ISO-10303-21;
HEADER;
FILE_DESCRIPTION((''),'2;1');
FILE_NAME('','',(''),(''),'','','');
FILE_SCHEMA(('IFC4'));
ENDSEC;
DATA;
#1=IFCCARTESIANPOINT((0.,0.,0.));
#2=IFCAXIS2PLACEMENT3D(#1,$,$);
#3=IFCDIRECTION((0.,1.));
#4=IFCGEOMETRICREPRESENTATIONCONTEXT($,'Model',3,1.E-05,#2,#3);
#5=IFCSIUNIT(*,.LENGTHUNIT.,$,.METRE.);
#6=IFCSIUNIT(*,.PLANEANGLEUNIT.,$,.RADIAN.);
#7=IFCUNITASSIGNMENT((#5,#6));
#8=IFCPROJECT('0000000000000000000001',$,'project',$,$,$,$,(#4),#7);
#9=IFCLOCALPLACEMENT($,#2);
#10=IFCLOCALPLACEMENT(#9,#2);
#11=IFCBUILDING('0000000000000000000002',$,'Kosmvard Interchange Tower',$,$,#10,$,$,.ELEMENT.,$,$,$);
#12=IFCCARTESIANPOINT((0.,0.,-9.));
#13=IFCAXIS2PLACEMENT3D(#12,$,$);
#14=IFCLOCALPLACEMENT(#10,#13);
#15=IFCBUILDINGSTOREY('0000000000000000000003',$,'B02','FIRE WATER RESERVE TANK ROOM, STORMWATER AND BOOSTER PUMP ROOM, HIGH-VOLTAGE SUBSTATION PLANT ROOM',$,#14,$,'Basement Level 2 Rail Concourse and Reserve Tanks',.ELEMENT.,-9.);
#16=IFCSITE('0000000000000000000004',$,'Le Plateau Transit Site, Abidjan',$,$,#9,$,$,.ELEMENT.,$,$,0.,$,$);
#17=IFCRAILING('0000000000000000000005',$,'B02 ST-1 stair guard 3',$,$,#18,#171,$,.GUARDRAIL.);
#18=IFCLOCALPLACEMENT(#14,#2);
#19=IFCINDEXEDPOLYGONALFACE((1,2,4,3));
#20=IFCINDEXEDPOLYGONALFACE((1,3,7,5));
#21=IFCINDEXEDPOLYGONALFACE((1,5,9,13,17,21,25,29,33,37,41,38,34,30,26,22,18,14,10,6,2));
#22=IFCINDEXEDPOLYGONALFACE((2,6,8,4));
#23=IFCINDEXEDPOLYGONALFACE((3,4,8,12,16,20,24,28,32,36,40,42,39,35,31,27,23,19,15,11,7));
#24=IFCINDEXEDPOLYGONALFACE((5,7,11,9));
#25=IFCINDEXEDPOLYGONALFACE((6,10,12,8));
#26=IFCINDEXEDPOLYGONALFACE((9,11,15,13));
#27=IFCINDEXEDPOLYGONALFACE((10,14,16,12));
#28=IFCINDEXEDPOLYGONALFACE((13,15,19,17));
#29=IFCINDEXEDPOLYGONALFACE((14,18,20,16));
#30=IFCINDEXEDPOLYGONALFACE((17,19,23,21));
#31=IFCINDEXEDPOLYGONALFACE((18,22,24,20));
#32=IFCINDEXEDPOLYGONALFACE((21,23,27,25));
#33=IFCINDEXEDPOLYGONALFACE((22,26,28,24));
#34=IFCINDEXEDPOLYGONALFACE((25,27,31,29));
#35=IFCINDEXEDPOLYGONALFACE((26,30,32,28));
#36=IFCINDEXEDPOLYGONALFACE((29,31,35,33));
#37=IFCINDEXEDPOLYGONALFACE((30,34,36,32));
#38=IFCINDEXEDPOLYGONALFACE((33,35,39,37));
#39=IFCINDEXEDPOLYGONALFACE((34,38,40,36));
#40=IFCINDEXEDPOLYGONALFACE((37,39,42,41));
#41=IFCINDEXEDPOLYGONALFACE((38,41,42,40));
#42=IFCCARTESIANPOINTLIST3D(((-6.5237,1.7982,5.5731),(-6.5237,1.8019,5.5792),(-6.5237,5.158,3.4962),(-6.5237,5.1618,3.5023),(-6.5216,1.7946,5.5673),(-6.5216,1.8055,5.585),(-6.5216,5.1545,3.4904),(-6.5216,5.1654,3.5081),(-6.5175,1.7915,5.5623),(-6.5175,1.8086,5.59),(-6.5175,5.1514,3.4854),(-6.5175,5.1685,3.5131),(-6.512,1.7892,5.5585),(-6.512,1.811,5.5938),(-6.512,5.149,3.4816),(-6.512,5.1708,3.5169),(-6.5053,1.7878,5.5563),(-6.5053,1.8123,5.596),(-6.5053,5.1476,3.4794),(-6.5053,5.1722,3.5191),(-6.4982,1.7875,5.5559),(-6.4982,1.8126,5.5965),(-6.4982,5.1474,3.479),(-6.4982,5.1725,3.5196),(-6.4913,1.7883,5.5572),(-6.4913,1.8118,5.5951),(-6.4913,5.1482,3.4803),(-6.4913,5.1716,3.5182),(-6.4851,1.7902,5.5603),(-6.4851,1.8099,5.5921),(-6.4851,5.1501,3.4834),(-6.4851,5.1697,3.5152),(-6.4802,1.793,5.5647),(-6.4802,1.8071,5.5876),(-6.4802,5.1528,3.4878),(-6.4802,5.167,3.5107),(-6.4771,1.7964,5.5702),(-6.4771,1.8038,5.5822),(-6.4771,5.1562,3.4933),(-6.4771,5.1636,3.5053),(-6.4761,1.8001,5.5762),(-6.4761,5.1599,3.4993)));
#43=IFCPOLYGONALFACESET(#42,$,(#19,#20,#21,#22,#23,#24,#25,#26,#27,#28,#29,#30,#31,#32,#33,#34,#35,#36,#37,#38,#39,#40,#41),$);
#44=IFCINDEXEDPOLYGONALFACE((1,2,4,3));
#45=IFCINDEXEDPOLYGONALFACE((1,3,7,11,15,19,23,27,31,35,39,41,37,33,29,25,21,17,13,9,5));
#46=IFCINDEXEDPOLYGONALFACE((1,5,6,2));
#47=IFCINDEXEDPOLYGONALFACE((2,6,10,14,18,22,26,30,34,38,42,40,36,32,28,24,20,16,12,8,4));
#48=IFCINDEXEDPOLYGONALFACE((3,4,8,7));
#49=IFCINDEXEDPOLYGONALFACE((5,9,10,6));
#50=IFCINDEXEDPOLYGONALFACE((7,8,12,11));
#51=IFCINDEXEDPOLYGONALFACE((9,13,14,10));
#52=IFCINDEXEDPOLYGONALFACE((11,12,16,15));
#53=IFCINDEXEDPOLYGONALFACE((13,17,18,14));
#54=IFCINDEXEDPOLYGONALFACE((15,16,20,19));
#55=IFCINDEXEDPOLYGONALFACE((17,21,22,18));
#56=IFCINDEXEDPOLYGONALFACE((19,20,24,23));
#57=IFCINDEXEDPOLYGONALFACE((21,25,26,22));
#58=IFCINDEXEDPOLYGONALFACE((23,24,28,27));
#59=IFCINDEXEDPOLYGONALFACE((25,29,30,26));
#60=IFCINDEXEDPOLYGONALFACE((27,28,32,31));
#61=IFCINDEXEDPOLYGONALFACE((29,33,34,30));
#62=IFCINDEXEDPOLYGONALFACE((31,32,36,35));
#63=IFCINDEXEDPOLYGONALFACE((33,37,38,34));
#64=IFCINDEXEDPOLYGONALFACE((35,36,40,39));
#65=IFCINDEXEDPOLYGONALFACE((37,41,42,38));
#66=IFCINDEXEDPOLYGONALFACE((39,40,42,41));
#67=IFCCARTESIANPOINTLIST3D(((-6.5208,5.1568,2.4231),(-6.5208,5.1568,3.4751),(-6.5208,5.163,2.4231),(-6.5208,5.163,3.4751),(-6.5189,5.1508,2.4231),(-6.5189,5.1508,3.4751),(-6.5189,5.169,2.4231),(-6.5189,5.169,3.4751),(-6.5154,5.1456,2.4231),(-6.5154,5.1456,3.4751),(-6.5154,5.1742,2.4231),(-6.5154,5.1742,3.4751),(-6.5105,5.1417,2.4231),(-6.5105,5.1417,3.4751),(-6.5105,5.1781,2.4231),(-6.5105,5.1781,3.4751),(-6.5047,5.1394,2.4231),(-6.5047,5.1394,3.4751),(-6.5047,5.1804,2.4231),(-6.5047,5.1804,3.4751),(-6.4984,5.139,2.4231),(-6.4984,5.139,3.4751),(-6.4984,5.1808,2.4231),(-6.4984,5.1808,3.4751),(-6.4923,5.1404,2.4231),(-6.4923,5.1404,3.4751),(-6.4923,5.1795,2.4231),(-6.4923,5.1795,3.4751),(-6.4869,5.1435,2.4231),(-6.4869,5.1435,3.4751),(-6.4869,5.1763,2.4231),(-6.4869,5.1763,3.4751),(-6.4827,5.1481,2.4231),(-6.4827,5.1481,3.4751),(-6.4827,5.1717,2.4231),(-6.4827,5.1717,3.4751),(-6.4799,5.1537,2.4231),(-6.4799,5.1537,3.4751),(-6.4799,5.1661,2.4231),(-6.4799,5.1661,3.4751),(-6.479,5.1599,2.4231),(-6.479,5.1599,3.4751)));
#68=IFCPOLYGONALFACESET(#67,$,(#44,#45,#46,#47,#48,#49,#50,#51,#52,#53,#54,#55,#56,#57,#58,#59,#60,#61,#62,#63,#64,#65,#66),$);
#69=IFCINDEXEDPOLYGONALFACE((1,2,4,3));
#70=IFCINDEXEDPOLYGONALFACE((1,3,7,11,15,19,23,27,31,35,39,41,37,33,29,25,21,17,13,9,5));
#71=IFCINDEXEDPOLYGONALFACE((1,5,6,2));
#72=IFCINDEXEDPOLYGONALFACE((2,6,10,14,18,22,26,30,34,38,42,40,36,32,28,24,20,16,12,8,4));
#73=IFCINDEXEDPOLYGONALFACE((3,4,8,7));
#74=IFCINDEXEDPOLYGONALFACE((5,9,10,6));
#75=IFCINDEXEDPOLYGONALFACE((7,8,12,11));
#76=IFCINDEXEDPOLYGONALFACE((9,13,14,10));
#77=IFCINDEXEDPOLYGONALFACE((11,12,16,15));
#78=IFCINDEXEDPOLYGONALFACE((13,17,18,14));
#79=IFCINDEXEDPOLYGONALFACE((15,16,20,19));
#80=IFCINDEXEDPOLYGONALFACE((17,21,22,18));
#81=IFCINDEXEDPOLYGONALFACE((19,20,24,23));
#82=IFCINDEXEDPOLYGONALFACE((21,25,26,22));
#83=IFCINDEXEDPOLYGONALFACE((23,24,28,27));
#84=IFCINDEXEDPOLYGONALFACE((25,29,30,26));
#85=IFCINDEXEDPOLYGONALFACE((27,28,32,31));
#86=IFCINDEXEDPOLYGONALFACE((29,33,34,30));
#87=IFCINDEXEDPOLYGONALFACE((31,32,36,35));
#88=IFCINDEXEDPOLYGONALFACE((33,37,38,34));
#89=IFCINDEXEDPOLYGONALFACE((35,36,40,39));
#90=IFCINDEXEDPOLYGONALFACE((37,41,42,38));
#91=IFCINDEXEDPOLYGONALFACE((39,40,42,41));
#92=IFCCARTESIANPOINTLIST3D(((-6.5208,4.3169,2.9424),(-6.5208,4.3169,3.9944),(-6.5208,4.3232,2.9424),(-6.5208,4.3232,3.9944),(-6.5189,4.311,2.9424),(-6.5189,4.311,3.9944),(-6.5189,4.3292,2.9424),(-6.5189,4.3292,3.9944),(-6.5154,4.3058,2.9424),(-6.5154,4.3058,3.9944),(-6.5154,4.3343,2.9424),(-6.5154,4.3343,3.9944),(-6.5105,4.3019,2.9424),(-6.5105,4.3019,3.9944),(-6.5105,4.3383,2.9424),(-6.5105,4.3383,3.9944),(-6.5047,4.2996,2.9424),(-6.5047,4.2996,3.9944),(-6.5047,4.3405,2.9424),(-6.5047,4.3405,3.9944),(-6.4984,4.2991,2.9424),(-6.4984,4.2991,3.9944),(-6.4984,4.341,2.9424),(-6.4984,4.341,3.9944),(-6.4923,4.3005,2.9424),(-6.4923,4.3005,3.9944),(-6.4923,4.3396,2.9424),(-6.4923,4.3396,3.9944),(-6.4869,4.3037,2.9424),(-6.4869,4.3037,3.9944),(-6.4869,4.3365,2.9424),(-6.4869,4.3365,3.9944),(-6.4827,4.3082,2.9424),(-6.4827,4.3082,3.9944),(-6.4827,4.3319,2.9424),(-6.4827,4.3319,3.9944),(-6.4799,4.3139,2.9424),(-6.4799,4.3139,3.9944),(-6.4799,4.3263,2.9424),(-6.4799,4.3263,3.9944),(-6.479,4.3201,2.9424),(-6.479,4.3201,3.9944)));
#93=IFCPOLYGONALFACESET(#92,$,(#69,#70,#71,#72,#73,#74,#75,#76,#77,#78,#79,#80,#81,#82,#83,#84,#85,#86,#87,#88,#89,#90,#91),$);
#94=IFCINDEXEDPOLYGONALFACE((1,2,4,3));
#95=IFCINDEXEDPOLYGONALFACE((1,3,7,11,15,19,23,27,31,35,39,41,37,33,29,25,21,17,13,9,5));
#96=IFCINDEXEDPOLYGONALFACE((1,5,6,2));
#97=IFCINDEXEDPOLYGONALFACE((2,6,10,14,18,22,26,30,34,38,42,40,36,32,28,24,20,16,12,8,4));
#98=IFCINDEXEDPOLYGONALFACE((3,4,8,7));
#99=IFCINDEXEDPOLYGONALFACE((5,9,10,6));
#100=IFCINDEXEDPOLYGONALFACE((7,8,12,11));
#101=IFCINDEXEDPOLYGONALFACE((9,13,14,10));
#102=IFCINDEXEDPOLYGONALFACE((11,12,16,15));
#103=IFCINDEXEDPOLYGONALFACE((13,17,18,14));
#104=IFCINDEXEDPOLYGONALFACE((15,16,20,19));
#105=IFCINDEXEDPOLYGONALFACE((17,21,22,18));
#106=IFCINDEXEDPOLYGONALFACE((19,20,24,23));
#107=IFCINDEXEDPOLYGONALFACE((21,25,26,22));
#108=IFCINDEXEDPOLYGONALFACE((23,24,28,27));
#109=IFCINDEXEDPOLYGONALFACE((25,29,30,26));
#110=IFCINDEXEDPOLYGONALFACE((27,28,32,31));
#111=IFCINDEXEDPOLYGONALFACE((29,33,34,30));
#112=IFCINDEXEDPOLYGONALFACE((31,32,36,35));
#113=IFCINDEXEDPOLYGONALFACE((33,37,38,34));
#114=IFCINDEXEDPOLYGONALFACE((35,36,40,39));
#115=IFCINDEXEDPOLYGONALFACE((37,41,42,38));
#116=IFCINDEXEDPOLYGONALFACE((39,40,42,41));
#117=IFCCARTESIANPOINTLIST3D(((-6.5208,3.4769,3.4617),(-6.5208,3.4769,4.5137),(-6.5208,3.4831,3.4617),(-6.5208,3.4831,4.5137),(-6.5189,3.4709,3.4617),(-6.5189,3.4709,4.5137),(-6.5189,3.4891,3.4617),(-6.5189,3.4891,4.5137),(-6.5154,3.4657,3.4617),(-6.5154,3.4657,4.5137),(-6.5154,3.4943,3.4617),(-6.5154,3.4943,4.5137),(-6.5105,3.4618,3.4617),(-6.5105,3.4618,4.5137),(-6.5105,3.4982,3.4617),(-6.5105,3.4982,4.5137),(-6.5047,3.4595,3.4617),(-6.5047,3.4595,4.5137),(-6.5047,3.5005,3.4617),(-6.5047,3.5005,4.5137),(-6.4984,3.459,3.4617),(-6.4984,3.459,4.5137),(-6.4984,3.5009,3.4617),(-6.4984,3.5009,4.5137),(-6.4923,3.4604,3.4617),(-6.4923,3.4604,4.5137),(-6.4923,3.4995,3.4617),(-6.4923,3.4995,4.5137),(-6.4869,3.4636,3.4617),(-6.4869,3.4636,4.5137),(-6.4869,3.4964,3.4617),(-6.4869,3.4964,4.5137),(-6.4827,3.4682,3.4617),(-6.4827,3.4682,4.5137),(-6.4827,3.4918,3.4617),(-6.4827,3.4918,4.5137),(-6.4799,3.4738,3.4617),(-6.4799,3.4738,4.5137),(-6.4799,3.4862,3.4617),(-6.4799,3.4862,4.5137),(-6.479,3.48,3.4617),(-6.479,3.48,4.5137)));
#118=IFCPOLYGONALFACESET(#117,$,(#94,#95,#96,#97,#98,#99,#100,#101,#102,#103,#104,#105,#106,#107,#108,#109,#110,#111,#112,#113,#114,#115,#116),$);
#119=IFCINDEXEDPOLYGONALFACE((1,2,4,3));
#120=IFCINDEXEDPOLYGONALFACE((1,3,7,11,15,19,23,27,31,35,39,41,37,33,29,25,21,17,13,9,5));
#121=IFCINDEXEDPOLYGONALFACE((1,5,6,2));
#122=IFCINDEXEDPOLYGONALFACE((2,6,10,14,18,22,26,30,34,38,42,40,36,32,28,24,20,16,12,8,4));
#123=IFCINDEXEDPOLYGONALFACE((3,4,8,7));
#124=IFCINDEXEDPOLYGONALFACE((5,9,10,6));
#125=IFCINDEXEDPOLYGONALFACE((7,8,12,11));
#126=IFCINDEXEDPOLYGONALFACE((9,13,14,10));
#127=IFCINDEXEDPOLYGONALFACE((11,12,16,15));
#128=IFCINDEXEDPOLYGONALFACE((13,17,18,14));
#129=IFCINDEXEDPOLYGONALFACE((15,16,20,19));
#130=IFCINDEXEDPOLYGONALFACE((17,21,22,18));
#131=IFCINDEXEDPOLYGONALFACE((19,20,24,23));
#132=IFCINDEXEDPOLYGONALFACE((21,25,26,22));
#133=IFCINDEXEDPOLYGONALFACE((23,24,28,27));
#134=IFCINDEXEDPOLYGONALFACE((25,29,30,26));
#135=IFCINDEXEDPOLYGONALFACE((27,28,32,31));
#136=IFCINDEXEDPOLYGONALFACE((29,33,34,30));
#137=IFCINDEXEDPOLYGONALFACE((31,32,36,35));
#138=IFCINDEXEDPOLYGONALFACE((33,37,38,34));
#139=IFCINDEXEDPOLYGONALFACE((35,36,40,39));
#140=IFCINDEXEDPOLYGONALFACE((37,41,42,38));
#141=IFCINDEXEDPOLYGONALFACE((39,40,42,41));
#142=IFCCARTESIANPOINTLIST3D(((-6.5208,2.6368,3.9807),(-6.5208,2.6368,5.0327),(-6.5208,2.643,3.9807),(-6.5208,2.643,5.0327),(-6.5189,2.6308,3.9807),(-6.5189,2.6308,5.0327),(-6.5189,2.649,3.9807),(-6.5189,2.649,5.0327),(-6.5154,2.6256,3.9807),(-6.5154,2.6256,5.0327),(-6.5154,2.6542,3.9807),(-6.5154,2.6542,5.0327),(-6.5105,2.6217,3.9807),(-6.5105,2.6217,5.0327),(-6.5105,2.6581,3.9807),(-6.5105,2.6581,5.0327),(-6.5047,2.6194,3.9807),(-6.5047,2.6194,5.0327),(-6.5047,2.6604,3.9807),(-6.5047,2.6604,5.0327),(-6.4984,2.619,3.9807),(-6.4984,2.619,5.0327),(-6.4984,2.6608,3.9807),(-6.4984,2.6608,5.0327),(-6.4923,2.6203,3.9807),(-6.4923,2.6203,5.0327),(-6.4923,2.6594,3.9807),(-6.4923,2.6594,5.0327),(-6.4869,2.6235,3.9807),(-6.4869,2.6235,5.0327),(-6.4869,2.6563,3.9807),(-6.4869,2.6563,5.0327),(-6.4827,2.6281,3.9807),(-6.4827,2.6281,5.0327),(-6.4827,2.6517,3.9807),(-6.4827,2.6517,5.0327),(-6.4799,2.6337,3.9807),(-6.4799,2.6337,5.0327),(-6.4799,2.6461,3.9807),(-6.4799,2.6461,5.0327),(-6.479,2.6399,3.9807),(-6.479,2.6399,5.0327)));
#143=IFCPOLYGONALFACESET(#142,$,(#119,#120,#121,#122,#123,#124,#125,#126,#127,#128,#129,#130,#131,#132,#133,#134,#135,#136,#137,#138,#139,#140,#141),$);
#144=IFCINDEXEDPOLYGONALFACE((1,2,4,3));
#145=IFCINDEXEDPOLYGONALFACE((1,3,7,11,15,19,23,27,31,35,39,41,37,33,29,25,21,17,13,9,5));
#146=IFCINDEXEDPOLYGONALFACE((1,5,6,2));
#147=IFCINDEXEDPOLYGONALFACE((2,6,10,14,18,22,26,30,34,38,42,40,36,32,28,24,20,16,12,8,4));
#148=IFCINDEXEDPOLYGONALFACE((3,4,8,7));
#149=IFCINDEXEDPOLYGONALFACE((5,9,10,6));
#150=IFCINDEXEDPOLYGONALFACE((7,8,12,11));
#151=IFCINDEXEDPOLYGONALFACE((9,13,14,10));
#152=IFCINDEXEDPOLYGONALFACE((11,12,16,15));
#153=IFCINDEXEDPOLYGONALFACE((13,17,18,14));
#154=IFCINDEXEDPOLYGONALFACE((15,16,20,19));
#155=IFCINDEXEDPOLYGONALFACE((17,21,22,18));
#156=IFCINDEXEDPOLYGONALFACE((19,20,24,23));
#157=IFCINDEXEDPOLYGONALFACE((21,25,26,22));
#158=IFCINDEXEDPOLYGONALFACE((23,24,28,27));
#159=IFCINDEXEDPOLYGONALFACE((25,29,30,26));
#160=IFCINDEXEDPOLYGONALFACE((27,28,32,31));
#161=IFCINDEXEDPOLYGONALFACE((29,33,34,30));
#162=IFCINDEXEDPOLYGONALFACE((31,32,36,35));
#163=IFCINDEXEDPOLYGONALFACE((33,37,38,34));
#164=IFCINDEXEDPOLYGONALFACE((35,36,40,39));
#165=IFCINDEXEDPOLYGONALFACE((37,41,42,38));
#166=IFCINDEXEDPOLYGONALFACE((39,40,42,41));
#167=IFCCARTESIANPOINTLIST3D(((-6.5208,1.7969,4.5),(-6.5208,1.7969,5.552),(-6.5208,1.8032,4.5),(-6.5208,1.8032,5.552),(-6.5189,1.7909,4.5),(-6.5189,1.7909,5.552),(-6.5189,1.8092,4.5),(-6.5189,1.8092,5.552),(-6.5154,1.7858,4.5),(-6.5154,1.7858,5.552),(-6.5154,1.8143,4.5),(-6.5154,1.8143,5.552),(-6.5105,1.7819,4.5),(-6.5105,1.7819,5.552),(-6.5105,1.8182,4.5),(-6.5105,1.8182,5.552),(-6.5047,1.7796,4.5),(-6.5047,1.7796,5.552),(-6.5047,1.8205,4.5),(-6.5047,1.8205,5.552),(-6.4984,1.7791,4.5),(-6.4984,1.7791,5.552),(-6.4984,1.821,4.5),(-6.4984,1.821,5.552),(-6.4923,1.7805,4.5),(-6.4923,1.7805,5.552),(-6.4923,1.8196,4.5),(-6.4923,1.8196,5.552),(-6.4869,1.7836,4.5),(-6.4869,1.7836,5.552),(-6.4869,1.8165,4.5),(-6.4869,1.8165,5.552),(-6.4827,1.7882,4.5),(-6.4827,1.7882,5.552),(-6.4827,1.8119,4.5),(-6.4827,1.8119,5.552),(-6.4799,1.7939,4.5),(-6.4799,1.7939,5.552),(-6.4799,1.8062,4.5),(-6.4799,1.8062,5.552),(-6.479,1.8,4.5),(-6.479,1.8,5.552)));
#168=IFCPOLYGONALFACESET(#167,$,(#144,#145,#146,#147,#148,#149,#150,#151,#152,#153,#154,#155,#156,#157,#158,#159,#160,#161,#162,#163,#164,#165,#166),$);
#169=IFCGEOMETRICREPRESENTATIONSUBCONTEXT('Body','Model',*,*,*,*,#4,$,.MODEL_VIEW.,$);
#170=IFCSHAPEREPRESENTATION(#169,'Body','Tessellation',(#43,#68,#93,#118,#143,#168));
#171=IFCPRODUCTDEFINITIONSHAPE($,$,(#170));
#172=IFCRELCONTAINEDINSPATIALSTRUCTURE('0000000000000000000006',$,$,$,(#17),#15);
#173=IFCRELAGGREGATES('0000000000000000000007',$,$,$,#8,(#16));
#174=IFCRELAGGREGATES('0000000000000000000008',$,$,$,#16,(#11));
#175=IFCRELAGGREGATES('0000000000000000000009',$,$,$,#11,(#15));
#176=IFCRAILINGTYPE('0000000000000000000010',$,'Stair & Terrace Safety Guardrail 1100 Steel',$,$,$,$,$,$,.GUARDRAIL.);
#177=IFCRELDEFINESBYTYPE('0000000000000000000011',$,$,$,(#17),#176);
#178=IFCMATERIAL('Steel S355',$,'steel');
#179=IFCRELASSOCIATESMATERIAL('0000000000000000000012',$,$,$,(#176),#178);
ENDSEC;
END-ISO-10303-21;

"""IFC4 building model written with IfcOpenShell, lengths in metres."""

from ifc_helpers import new_model, si_unit, direction, frame, origin, origin_2d, place, context, subcontext, project, spatial, circle, extrude, source, transform, mapped, material, type_object, element, save


model = new_model("IFC4")

# Units and contexts
model_context = context("Model", 3, precision=1e-05, world=origin(), true_north=direction((0.0, 1.0)))
body_context = subcontext(model_context, "Body", "Model", "MODEL_VIEW")
ifc_project = project(units=[si_unit("LENGTHUNIT", "METRE"), si_unit("PLANEANGLEUNIT", "RADIAN")], contexts=[model_context])

# Site, building, storey
site_placement = place(None, origin())
site = spatial("IfcSite", under=ifc_project, at=site_placement, Name="Le Plateau Transit Site, Abidjan", CompositionType="ELEMENT", RefElevation=0.0)
building_placement = place(site_placement, origin())
building = spatial("IfcBuilding", under=site, at=building_placement, Name="Kosmvard Interchange Tower", CompositionType="ELEMENT")
storey_placement = place(building_placement, frame((0.0, 0.0, -9.0)))
storey = spatial("IfcBuildingStorey", under=building, at=storey_placement, Name="B02", Description="FIRE WATER RESERVE TANK ROOM, STORMWATER AND BOOSTER PUMP ROOM, HIGH-VOLTAGE SUBSTATION PLANT ROOM", LongName="Basement Level 2 Rail Concourse and Reserve Tanks", CompositionType="ELEMENT", Elevation=-9.0)

# Railing
ifc_material_1 = material(Name="Steel S355", Category="steel")
railing_type_1 = type_object("IfcRailingType", Name="Stair & Terrace Safety Guardrail 1100 Steel", PredefinedType="GUARDRAIL", material=ifc_material_1)
shared_shape_1 = source(origin(), body_context, "Body", "SweptSolid", [
    extrude(circle(Radius=0.0239, at=origin_2d()), frame((0.0, 0.0, 1.0762), z_axis=(0.0, -0.850606, 0.525803), x_axis=(1.0, 0.0, 0.0)), (0.0, 0.0, 1.0), 3.95),
    extrude(circle(Radius=0.021, at=origin_2d()), origin(), (0.0, 0.0, 1.0), 1.052),
    extrude(circle(Radius=0.021, at=origin_2d()), frame((0.0, -0.8398, 0.5193)), (0.0, 0.0, 1.0), 1.052),
    extrude(circle(Radius=0.021, at=origin_2d()), frame((0.0, -1.6799, 1.0386)), (0.0, 0.0, 1.0), 1.052),
    extrude(circle(Radius=0.021, at=origin_2d()), frame((0.0, -2.52, 1.5576)), (0.0, 0.0, 1.0), 1.052),
    extrude(circle(Radius=0.021, at=origin_2d()), frame((0.0, -3.3599, 2.0769)), (0.0, 0.0, 1.0), 1.052),
])
railing_1_placement = place(storey_placement, frame((-6.5, 5.1599, 2.4231)))
element("IfcRailing", 1, at=railing_1_placement, inside=storey, type_object=railing_type_1, Name="B02 ST-1 stair guard 3", PredefinedType="GUARDRAIL", context=body_context, shape_type="MappedRepresentation", body=[
    mapped(shared_shape_1, transform((0.0, 0.0, 0.0), scale=1.0)),
])

save(model, "model.ifc")
